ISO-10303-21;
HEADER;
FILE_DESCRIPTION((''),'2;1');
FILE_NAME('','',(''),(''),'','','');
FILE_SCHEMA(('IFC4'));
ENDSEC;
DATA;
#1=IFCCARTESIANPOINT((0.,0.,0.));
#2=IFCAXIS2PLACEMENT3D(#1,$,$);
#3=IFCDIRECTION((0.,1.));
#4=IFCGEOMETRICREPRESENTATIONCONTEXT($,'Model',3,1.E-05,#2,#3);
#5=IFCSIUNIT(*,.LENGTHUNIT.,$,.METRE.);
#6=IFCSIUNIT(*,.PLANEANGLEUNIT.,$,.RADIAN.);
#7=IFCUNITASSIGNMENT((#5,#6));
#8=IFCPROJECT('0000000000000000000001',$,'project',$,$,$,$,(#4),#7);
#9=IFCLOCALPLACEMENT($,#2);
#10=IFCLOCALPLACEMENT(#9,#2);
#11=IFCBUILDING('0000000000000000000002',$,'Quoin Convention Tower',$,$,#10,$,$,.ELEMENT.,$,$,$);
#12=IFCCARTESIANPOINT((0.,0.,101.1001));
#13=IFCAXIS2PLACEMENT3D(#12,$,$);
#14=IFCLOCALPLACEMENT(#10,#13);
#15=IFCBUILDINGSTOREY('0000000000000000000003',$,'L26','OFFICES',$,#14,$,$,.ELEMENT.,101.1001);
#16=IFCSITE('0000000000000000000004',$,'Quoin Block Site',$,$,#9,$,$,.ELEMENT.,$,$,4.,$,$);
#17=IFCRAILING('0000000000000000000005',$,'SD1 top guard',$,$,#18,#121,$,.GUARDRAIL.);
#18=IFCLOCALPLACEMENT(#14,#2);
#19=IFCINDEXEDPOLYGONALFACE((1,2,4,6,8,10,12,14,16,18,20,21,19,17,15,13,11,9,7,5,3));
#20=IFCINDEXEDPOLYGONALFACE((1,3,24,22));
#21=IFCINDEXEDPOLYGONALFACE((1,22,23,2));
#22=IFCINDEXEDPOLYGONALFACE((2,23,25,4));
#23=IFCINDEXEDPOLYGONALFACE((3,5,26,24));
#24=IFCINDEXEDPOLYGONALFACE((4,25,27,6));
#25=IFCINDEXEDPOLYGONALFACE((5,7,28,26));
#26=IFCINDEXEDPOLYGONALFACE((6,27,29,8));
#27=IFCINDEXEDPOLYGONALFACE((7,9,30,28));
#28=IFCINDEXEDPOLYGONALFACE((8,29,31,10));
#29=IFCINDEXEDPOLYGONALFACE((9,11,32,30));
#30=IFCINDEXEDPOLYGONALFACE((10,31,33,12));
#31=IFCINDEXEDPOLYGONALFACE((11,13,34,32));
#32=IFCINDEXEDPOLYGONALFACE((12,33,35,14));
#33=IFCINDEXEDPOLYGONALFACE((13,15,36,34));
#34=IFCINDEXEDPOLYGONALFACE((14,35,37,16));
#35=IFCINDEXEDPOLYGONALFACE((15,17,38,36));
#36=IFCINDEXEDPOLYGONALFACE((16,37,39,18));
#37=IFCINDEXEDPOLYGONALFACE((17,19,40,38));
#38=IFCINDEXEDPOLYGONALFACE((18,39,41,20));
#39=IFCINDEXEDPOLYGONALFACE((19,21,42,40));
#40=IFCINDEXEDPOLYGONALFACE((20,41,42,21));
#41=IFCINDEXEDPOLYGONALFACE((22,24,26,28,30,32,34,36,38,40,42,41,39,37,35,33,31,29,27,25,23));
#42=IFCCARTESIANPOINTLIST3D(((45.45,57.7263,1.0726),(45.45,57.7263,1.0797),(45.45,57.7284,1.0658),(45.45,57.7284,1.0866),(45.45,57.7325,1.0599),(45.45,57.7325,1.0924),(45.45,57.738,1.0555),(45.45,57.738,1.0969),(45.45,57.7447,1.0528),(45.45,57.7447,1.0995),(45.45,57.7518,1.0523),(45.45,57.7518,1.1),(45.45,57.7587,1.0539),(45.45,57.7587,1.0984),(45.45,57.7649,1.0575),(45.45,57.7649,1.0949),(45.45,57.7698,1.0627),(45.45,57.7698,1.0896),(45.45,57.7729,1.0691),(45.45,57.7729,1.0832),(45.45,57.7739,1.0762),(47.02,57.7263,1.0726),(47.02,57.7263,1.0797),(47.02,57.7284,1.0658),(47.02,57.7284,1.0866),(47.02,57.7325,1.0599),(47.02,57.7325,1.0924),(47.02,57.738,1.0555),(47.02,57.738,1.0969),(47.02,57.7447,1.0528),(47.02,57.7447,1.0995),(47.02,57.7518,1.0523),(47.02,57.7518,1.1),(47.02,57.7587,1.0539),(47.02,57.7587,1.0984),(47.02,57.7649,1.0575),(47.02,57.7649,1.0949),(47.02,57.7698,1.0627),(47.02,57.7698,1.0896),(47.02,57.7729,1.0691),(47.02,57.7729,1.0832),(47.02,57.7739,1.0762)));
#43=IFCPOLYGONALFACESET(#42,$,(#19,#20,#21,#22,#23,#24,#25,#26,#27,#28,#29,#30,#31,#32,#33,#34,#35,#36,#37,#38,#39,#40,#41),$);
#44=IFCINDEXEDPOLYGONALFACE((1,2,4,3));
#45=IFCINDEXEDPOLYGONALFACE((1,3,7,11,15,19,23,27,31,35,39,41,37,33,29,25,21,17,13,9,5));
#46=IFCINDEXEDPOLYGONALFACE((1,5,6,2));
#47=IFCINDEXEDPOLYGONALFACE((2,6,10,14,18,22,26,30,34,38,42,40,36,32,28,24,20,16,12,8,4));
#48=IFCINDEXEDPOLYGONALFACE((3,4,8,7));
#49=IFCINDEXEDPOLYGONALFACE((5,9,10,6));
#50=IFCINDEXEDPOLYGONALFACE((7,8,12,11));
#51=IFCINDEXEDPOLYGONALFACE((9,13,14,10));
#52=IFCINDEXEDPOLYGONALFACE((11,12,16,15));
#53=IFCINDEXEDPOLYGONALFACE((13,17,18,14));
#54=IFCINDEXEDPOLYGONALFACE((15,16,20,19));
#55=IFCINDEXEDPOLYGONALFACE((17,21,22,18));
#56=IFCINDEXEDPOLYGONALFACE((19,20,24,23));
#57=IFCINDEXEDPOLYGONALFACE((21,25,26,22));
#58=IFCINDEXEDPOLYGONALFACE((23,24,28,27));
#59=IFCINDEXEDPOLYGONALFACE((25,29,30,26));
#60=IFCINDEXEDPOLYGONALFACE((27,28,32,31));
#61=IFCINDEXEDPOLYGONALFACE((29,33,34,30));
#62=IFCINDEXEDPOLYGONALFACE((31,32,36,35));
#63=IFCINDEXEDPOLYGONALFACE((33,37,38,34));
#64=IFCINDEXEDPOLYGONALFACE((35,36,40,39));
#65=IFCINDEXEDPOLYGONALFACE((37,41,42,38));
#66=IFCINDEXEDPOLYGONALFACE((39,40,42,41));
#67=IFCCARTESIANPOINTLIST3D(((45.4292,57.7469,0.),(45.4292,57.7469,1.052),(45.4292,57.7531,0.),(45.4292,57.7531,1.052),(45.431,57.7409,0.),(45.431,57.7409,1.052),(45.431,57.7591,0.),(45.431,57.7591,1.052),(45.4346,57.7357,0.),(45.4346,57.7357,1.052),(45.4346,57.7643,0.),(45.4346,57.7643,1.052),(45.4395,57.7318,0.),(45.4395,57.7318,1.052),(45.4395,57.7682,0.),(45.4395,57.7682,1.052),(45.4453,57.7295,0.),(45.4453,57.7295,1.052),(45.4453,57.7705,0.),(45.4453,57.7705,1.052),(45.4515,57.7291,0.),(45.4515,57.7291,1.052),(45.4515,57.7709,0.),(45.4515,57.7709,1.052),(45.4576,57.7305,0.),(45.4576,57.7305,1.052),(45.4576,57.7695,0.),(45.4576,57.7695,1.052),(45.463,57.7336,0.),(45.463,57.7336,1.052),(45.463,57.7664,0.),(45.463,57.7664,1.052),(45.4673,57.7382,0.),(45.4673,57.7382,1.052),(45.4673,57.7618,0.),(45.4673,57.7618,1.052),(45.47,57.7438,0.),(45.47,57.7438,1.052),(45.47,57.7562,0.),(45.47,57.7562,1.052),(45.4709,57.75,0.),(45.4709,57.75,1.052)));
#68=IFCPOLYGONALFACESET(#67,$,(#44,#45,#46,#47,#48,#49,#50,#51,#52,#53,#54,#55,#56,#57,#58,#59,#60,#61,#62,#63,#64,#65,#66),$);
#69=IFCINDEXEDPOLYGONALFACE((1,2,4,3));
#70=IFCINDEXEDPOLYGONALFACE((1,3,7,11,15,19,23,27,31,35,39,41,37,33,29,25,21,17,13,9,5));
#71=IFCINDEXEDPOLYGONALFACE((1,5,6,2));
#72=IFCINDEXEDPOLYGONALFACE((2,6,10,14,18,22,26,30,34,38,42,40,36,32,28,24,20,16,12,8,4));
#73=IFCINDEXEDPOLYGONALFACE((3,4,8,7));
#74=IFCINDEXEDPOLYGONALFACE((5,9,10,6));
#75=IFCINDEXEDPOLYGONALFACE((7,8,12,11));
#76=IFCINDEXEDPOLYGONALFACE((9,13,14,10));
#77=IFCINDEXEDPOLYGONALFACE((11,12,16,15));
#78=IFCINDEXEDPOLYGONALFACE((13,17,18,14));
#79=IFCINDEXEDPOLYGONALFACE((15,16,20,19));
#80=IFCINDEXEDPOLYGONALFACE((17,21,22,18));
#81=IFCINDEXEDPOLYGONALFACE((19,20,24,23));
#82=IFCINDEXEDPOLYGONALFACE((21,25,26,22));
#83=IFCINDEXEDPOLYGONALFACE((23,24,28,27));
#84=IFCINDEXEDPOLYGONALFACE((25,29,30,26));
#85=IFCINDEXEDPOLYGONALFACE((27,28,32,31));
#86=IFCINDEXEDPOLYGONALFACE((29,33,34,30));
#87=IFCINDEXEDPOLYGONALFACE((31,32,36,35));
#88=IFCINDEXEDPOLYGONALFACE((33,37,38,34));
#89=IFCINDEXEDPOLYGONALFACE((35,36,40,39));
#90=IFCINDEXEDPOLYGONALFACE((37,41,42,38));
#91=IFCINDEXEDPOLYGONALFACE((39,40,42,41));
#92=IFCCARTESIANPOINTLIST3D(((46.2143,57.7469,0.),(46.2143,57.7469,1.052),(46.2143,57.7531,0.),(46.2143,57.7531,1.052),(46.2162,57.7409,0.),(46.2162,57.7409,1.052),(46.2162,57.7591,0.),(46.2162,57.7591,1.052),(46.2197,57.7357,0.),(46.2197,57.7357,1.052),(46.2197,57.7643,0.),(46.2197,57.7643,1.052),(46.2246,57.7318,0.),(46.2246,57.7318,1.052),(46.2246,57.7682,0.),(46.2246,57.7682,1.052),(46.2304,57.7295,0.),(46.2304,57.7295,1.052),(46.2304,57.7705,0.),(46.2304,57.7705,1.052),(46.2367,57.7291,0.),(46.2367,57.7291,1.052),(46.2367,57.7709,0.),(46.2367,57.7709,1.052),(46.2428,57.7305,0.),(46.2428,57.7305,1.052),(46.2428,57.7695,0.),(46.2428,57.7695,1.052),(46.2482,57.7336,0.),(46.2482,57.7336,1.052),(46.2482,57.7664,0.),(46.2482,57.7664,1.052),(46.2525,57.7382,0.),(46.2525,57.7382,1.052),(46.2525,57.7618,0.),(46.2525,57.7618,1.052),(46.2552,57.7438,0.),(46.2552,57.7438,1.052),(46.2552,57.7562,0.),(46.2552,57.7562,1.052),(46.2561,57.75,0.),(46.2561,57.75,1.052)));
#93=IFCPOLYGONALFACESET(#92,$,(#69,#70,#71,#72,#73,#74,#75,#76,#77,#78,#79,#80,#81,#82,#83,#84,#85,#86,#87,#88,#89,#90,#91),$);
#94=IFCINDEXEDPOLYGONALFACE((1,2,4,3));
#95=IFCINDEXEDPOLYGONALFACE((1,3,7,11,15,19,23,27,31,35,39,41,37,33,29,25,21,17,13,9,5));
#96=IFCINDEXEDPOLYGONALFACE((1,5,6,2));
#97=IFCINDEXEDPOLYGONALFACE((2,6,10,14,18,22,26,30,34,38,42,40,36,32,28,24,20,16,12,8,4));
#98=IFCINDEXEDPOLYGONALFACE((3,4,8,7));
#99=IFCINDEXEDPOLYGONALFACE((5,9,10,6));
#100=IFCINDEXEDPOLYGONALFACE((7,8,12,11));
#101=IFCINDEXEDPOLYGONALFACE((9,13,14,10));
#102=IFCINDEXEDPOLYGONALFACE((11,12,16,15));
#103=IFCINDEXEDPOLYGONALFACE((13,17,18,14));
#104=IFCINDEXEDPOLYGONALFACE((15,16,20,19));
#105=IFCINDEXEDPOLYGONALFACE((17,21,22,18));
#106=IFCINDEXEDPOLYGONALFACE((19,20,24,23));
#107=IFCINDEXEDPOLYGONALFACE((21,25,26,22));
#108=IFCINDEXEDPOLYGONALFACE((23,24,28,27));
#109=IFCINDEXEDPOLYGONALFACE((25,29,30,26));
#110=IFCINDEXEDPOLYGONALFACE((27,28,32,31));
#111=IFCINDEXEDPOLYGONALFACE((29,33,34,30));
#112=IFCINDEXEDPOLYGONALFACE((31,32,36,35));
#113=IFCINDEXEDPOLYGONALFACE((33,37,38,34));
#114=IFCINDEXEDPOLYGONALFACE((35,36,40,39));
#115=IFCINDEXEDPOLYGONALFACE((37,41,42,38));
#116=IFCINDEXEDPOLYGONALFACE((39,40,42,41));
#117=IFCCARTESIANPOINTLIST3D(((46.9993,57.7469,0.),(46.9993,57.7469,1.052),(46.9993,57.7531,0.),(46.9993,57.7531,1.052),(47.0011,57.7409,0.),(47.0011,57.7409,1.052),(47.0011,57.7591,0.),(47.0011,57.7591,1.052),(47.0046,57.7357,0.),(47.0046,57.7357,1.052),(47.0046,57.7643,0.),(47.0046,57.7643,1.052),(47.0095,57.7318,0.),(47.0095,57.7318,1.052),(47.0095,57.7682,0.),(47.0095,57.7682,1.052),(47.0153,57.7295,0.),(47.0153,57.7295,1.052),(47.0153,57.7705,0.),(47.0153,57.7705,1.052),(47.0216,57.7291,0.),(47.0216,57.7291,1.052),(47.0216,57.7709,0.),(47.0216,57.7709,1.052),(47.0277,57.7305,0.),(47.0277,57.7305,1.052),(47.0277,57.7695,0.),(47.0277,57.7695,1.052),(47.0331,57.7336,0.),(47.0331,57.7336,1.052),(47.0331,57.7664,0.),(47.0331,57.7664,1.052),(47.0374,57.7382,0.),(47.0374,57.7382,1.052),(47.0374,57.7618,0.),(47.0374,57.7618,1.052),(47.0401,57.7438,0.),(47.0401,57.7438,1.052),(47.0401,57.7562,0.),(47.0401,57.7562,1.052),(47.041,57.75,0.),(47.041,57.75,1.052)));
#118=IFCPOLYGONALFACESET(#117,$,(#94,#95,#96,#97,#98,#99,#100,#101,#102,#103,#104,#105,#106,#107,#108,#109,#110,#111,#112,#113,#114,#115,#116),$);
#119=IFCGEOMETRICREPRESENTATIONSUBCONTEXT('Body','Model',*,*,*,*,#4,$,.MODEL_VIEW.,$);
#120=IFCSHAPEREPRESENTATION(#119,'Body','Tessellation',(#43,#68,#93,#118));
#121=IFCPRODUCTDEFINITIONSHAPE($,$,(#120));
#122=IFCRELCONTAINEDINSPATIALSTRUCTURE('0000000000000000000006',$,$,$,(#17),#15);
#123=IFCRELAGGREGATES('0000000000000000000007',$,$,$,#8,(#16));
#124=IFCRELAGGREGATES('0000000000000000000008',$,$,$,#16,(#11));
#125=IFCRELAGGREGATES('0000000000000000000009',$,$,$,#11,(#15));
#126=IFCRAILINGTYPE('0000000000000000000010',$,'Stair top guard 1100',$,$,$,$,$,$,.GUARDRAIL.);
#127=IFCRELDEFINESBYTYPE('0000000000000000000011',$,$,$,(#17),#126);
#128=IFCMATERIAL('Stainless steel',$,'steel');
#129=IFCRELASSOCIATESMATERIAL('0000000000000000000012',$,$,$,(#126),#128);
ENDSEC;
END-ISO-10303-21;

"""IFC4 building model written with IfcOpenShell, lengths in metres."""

from ifc_helpers import new_model, si_unit, direction, frame, origin, origin_2d, place, context, subcontext, project, spatial, circle, extrude, material, type_object, element, save


model = new_model("IFC4")

# Units and contexts
model_context = context("Model", 3, precision=1e-05, world=origin(), true_north=direction((0.0, 1.0)))
body_context = subcontext(model_context, "Body", "Model", "MODEL_VIEW")
ifc_project = project(units=[si_unit("LENGTHUNIT", "METRE"), si_unit("PLANEANGLEUNIT", "RADIAN")], contexts=[model_context])

# Site, building, storey
site_placement = place(None, origin())
site = spatial("IfcSite", under=ifc_project, at=site_placement, Name="Quoin Block Site", CompositionType="ELEMENT", RefElevation=4.0)
building_placement = place(site_placement, origin())
building = spatial("IfcBuilding", under=site, at=building_placement, Name="Quoin Convention Tower", CompositionType="ELEMENT")
storey_placement = place(building_placement, frame((0.0, 0.0, 101.1001)))
storey = spatial("IfcBuildingStorey", under=building, at=storey_placement, Name="L26", Description="OFFICES", CompositionType="ELEMENT", Elevation=101.1001)

# Railing
ifc_material_1 = material(Name="Stainless steel", Category="steel")
railing_type = type_object("IfcRailingType", Name="Stair top guard 1100", PredefinedType="GUARDRAIL", material=ifc_material_1)
railing_placement = place(storey_placement, frame((45.45, 57.75, 0.0)))
element("IfcRailing", 1, at=railing_placement, inside=storey, type_object=railing_type, Name="SD1 top guard", PredefinedType="GUARDRAIL", context=body_context, shape_type="SweptSolid", body=[
    extrude(circle(Radius=0.0239, at=origin_2d()), frame((0.0, 0.0, 1.0762), z_axis=(1.0, 0.0, 0.0), x_axis=(0.0, 1.0, 0.0)), (0.0, 0.0, 1.0), 1.5701),
    extrude(circle(Radius=0.021, at=origin_2d()), origin(), (0.0, 0.0, 1.0), 1.052),
    extrude(circle(Radius=0.021, at=origin_2d()), frame((0.7852, 0.0, 0.0)), (0.0, 0.0, 1.0), 1.052),
    extrude(circle(Radius=0.021, at=origin_2d()), frame((1.5701, 0.0, 0.0)), (0.0, 0.0, 1.0), 1.052),
])

save(model, "model.ifc")
